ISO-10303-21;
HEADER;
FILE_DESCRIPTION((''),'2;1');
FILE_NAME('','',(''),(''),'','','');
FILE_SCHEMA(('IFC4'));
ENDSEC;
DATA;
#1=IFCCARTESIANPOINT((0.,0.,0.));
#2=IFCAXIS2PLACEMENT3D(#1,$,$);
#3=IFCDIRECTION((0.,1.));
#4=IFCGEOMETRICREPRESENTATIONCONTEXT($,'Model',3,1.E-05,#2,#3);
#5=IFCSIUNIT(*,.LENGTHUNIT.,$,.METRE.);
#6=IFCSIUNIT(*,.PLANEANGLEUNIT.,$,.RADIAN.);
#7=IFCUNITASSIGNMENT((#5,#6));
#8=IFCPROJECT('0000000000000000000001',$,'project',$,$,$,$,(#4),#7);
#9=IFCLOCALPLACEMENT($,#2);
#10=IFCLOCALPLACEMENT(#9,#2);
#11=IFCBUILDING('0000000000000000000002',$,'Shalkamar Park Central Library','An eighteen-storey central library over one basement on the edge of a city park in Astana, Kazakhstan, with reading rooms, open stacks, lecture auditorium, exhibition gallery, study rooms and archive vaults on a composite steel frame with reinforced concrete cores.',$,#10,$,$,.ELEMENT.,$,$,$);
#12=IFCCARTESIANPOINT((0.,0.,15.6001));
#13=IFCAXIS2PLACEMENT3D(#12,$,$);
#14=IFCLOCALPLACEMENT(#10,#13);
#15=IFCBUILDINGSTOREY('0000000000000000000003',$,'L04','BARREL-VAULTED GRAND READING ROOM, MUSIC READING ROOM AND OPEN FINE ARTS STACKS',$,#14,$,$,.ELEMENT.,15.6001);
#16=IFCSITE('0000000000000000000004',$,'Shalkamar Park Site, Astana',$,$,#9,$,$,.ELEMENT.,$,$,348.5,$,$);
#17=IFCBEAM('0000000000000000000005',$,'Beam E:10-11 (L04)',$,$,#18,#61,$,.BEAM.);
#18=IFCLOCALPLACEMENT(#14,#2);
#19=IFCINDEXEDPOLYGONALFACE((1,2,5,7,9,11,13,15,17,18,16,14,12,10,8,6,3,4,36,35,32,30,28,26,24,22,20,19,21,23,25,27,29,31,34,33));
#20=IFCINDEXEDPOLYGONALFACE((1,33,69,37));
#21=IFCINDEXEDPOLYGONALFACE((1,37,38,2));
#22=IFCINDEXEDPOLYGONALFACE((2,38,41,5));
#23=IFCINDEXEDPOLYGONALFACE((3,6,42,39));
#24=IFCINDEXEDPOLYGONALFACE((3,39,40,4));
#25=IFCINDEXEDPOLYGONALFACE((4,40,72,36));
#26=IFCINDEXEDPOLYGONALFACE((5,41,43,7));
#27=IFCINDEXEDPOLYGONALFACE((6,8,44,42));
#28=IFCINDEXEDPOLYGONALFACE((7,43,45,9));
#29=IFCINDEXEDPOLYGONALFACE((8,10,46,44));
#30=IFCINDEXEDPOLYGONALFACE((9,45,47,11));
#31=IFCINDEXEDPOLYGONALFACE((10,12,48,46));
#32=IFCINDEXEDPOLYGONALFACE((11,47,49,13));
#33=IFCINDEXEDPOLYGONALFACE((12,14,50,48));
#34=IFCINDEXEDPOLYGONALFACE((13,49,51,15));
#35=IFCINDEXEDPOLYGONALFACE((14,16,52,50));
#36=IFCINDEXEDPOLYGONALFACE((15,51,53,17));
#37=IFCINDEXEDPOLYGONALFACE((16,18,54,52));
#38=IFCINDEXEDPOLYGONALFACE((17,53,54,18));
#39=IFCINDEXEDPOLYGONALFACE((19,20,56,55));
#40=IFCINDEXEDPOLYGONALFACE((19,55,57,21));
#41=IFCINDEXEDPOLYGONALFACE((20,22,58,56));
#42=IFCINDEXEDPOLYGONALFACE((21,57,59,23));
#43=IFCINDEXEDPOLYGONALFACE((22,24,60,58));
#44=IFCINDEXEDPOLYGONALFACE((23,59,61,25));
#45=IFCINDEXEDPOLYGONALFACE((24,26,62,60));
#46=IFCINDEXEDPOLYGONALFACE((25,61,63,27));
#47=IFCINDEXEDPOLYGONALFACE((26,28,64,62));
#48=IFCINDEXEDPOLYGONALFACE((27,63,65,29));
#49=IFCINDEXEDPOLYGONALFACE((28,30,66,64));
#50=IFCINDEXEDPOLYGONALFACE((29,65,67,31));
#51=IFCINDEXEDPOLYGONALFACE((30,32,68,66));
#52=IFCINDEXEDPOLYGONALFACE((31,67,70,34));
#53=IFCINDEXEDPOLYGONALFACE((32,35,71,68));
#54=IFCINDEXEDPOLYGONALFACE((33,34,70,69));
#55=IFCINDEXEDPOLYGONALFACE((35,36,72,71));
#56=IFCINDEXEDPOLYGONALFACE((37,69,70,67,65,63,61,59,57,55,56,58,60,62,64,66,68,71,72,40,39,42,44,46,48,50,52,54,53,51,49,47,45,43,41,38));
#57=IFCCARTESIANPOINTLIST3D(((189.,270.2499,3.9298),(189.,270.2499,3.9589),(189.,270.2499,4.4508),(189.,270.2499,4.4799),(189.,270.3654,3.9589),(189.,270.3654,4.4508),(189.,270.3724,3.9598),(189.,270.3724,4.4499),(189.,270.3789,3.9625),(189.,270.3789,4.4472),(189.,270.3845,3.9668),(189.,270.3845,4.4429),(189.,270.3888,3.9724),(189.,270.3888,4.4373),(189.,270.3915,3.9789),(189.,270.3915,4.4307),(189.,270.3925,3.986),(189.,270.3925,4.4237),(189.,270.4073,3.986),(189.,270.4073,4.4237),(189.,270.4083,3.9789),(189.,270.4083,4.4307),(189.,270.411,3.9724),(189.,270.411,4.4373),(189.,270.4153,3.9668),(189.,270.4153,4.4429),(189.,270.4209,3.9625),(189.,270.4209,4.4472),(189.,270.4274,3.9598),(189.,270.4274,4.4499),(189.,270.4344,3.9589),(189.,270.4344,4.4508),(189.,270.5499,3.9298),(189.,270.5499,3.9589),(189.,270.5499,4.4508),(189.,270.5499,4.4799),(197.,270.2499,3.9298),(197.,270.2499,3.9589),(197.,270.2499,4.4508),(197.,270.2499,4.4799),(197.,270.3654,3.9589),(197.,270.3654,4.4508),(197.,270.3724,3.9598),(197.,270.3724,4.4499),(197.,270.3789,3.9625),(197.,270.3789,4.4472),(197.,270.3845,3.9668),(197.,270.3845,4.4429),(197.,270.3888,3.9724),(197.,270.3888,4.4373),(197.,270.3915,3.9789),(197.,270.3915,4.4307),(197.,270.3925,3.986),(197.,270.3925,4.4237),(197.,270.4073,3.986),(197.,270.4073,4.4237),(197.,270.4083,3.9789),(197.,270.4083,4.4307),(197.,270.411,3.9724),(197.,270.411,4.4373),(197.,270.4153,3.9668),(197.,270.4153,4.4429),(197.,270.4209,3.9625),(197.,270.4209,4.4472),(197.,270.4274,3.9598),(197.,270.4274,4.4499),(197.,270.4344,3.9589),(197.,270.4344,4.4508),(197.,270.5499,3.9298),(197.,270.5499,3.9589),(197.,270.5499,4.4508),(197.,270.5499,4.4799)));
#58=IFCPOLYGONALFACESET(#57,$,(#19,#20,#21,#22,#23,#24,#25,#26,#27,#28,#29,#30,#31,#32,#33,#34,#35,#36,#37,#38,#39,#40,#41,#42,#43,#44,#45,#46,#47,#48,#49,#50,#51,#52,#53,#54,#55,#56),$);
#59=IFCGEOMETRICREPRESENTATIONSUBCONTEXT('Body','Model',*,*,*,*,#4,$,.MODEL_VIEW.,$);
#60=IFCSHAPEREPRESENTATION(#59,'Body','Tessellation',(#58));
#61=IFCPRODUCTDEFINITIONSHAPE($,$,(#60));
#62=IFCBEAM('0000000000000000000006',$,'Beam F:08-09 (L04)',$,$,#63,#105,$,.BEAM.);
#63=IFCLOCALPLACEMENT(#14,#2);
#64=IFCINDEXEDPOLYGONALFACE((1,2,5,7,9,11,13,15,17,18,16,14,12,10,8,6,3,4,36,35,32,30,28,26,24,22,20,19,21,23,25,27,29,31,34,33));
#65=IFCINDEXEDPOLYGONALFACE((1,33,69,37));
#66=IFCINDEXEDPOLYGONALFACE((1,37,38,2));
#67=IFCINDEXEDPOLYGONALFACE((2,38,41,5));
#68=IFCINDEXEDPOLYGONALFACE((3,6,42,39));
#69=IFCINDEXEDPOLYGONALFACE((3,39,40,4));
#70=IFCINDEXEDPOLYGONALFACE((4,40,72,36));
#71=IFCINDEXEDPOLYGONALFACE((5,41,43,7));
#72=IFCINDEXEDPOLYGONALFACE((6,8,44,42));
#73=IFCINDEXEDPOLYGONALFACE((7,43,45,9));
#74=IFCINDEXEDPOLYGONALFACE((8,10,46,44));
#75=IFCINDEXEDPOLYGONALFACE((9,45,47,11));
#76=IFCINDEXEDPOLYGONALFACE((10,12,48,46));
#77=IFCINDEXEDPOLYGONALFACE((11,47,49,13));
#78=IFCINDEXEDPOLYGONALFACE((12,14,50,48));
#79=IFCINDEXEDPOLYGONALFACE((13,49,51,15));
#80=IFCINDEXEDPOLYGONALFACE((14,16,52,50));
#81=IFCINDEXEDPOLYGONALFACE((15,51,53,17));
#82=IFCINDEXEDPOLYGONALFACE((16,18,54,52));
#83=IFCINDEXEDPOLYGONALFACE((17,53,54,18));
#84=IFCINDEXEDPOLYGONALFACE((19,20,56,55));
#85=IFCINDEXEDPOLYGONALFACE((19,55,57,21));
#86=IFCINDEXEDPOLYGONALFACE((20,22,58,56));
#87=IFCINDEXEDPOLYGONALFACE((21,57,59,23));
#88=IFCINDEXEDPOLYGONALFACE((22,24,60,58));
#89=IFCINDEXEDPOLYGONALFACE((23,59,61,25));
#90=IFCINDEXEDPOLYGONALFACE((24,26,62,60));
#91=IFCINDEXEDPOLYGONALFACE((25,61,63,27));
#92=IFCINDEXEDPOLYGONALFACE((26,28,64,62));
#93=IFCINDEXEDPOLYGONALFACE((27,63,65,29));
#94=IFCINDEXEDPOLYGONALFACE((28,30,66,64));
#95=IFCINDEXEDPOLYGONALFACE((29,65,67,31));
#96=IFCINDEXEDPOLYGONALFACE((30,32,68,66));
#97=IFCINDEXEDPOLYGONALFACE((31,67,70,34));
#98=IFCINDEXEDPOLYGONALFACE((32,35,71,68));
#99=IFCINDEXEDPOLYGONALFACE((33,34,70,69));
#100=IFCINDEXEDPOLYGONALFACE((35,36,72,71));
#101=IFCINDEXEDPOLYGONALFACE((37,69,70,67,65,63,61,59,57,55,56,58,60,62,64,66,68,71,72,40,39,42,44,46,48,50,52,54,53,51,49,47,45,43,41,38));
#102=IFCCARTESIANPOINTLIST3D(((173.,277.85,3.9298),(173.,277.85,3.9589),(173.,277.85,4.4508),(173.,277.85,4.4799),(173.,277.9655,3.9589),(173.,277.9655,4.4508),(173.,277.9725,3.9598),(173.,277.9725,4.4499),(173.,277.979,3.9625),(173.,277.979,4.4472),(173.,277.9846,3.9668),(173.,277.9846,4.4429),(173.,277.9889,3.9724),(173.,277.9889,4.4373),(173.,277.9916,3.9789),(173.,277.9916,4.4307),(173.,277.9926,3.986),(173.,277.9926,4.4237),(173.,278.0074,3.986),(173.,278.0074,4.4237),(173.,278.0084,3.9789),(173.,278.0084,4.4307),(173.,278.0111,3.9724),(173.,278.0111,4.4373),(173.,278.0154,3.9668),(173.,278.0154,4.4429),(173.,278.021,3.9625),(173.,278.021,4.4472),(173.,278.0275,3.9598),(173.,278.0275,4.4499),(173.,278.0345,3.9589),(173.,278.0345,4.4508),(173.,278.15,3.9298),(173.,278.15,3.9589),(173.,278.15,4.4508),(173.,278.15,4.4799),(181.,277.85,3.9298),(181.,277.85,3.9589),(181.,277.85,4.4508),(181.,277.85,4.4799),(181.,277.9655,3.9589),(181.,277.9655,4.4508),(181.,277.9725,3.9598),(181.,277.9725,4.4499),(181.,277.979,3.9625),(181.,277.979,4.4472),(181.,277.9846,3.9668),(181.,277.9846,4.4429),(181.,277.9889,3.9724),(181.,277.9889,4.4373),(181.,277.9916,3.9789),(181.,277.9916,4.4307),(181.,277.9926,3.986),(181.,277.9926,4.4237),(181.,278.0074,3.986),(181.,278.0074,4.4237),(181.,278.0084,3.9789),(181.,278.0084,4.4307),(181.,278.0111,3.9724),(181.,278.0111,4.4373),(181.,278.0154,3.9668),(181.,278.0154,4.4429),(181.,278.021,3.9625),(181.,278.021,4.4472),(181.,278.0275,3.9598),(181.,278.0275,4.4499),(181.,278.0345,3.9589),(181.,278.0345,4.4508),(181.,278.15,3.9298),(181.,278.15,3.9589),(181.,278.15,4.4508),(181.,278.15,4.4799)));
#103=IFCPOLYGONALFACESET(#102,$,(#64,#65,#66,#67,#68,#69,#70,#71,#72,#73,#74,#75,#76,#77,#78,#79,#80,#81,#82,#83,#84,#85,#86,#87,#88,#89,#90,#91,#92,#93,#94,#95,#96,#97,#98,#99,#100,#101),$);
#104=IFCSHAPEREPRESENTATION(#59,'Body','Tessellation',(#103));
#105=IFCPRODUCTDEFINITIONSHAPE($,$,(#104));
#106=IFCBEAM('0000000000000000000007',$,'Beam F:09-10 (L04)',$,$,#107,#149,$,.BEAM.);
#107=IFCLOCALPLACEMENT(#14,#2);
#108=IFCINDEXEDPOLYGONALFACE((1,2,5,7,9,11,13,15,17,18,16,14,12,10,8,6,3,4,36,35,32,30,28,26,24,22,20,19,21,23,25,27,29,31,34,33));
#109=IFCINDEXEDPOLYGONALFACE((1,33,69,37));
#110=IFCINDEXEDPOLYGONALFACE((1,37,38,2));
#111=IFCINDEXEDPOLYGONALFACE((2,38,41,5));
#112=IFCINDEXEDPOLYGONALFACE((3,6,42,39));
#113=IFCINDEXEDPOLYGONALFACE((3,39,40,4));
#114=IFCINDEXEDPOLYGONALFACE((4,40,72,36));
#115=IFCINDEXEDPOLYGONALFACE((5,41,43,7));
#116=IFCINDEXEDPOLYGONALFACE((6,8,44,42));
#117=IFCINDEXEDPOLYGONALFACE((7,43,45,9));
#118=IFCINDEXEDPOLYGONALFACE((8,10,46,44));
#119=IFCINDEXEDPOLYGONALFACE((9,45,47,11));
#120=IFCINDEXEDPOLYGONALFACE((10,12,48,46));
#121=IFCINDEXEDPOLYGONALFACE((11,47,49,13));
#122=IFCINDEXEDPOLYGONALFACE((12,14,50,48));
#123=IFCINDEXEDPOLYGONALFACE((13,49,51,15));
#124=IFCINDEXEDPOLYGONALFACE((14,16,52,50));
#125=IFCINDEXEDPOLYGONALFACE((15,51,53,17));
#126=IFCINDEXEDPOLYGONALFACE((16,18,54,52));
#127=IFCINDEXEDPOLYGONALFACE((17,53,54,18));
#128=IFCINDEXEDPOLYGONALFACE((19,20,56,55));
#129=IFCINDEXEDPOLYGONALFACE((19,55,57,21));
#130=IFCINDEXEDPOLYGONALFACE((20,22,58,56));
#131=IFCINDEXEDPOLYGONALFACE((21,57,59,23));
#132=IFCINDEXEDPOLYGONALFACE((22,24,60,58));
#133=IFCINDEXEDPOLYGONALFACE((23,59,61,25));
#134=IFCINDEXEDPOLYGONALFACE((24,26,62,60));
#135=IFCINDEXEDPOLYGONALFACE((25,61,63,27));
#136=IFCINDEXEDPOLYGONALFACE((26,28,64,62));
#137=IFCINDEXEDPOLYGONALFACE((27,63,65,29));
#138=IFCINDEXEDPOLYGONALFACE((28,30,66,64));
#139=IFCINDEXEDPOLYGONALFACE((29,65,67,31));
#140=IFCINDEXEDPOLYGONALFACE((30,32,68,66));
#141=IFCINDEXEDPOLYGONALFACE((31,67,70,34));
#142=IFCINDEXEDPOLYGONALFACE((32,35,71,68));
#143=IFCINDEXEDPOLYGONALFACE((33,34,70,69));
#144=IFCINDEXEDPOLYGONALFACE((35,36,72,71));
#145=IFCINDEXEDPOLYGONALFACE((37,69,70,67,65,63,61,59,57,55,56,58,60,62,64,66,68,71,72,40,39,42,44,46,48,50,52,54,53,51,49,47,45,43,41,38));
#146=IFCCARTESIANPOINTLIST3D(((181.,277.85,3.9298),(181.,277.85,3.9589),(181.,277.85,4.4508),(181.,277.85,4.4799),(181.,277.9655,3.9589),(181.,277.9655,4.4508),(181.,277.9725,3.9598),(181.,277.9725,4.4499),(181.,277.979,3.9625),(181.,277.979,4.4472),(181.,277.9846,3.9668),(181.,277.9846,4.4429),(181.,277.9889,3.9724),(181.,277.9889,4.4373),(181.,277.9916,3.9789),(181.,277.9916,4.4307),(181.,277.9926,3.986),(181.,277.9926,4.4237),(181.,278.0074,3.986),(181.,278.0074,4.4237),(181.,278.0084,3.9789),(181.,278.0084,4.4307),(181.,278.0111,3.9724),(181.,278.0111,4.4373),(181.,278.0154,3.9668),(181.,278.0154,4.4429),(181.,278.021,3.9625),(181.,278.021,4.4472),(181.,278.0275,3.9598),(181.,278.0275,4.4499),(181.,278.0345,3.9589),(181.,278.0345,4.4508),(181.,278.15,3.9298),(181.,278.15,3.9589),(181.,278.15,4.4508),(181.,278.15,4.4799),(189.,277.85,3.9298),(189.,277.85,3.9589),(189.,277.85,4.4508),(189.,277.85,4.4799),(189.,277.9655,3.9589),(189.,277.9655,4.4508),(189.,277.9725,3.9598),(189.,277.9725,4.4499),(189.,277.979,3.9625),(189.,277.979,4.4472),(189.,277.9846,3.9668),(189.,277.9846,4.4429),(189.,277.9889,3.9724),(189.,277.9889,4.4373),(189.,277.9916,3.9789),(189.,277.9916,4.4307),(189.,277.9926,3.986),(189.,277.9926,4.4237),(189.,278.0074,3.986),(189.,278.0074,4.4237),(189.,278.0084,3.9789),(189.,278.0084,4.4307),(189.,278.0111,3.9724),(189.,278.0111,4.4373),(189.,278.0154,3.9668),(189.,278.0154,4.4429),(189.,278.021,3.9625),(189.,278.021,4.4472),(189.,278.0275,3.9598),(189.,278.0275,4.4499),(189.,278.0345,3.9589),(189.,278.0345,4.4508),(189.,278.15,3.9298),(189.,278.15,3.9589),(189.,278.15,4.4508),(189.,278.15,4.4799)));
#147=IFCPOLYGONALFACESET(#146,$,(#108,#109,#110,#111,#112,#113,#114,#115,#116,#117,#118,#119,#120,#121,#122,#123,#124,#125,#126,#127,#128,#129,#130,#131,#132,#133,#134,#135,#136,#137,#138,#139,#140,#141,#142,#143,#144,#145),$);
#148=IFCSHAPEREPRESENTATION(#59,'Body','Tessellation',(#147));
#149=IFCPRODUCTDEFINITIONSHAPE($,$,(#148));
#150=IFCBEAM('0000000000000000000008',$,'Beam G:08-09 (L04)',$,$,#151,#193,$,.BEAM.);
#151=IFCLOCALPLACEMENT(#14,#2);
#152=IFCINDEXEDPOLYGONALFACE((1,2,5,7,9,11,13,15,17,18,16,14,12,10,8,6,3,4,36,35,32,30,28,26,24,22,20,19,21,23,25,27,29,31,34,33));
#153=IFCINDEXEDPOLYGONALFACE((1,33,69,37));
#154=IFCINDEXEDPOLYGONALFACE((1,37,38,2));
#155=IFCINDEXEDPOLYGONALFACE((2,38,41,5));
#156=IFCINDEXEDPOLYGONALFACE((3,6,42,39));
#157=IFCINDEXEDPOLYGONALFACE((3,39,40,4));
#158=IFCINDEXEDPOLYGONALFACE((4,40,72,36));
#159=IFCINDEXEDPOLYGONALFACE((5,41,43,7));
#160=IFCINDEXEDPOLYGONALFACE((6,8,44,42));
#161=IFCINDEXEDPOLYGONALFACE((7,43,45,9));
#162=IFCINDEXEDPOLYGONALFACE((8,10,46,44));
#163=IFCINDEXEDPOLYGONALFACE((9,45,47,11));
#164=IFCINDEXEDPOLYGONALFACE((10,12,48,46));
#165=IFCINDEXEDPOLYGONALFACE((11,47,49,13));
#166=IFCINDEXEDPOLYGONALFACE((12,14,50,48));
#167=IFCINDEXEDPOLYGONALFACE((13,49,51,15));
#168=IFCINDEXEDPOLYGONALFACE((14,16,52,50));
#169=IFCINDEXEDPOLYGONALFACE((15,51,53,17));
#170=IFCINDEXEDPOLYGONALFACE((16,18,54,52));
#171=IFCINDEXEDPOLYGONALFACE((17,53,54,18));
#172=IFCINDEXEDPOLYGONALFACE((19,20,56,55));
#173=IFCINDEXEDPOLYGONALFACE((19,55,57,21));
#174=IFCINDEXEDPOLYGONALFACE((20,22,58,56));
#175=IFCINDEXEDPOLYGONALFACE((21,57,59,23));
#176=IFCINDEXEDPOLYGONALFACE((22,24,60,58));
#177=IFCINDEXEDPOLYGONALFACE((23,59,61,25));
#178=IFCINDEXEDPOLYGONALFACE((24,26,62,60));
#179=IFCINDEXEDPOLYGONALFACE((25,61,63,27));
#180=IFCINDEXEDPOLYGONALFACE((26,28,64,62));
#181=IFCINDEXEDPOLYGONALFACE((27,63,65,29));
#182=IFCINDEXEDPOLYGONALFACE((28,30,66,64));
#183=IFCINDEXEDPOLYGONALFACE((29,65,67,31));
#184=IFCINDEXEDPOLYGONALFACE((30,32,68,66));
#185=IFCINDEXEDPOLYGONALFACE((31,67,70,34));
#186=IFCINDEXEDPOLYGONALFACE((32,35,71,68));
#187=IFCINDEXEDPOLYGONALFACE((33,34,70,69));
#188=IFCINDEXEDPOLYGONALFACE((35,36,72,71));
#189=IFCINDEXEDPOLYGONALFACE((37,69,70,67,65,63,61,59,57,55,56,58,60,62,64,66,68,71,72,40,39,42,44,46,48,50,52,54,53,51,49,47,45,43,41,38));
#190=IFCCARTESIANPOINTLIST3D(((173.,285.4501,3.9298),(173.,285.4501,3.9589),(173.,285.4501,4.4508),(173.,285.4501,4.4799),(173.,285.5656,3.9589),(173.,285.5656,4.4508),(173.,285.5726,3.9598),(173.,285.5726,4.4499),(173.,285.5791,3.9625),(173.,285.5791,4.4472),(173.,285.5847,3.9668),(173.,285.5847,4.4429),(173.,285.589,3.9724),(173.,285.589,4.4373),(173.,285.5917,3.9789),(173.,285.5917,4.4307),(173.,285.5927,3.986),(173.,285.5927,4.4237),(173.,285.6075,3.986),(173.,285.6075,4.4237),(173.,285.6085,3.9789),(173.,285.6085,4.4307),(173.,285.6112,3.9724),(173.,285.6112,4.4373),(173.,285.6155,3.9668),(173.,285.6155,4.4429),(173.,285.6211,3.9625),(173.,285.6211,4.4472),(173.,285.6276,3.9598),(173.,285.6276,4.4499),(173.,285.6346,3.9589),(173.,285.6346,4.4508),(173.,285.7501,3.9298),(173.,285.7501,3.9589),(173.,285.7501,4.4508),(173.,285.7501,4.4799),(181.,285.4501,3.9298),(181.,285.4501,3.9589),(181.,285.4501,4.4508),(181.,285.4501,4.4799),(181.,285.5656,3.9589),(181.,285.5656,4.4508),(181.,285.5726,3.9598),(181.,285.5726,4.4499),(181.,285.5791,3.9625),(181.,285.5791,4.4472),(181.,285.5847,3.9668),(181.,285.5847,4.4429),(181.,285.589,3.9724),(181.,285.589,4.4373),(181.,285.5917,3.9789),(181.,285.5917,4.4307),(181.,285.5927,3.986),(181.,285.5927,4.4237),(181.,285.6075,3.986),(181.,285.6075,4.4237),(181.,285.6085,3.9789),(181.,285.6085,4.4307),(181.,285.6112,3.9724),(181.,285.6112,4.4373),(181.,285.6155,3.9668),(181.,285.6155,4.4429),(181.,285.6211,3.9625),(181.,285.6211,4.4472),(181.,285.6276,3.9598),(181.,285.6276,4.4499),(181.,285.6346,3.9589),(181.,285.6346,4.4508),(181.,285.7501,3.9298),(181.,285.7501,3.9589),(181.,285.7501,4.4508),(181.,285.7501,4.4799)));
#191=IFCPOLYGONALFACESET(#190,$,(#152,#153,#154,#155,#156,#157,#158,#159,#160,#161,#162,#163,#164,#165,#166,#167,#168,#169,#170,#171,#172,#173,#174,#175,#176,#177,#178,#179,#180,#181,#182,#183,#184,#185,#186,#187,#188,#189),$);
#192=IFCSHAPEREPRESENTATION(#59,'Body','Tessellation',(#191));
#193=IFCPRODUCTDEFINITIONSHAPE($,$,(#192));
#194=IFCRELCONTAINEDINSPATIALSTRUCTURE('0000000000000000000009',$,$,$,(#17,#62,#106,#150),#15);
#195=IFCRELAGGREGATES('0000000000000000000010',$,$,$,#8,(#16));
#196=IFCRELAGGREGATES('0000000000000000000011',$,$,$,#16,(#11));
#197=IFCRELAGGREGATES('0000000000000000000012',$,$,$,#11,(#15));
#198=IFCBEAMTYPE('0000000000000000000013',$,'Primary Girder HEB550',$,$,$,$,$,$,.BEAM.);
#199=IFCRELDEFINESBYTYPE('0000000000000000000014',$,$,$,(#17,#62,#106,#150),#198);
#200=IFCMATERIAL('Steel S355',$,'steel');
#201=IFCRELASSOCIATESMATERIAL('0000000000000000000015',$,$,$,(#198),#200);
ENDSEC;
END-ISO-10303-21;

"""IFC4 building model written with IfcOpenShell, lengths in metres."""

from ifc_helpers import new_model, si_unit, direction, frame, origin, origin_2d, place, context, subcontext, project, spatial, i_section, extrude, material, material_profile, profile_set, type_object, element, save


model = new_model("IFC4")

# Units and contexts
model_context = context("Model", 3, precision=1e-05, world=origin(), true_north=direction((0.0, 1.0)))
body_context = subcontext(model_context, "Body", "Model", "MODEL_VIEW")
ifc_project = project(units=[si_unit("LENGTHUNIT", "METRE"), si_unit("PLANEANGLEUNIT", "RADIAN")], contexts=[model_context])

# Site, building, storey
site_placement = place(None, origin())
site = spatial("IfcSite", under=ifc_project, at=site_placement, Name="Shalkamar Park Site, Astana", CompositionType="ELEMENT", RefElevation=348.5)
building_placement = place(site_placement, origin())
building = spatial("IfcBuilding", under=site, at=building_placement, Name="Shalkamar Park Central Library", Description="An eighteen-storey central library over one basement on the edge of a city park in Astana, Kazakhstan, with reading rooms, open stacks, lecture auditorium, exhibition gallery, study rooms and archive vaults on a composite steel frame with reinforced concrete cores.", CompositionType="ELEMENT")
storey_placement = place(building_placement, frame((0.0, 0.0, 15.6001)))
storey = spatial("IfcBuildingStorey", under=building, at=storey_placement, Name="L04", Description="BARREL-VAULTED GRAND READING ROOM, MUSIC READING ROOM AND OPEN FINE ARTS STACKS", CompositionType="ELEMENT", Elevation=15.6001)

# Shared definitions
ifc_material = material(Name="Steel S355", Category="steel")

# Beams
ifc_material_profile_1 = material_profile(ifc_material, i_section(OverallWidth=0.3, OverallDepth=0.55, WebThickness=0.0149, FlangeThickness=0.0291, FilletRadius=0.0271, at=origin_2d()), Name="HEB 550")
ifc_profile_set_1 = profile_set([ifc_material_profile_1], Name="Steel S355")
beam_type_1 = type_object("IfcBeamType", Name="Primary Girder HEB550", PredefinedType="BEAM", material=ifc_profile_set_1)
for number, where, z_axis, x_axis, name in (
    (1, (189.0, 270.3999, 4.2048), (1.0, 0.0, 0.0), (0.0, 1.0, 0.0), "Beam E:10-11 (L04)"),
    (2, (173.0, 278.0, 4.2048), (1.0, 0.0, 0.0), (0.0, 1.0, 0.0), "Beam F:08-09 (L04)"),
    (3, (181.0, 278.0, 4.2048), (1.0, 0.0, 0.0), (0.0, 1.0, 0.0), "Beam F:09-10 (L04)"),
    (4, (173.0, 285.6001, 4.2048), (1.0, 0.0, 0.0), (0.0, 1.0, 0.0), "Beam G:08-09 (L04)"),
):
    element("IfcBeam", number, at=place(storey_placement, frame(where, z_axis=z_axis, x_axis=x_axis)), inside=storey, type_object=beam_type_1, Name=name, PredefinedType="BEAM", context=body_context, shape_type="SweptSolid", body=[
        extrude(i_section(OverallWidth=0.3, OverallDepth=0.55, WebThickness=0.0149, FlangeThickness=0.0291, FilletRadius=0.0271, at=origin_2d()), origin(), (0.0, 0.0, 1.0), 8.0),
    ])

save(model, "model.ifc")
